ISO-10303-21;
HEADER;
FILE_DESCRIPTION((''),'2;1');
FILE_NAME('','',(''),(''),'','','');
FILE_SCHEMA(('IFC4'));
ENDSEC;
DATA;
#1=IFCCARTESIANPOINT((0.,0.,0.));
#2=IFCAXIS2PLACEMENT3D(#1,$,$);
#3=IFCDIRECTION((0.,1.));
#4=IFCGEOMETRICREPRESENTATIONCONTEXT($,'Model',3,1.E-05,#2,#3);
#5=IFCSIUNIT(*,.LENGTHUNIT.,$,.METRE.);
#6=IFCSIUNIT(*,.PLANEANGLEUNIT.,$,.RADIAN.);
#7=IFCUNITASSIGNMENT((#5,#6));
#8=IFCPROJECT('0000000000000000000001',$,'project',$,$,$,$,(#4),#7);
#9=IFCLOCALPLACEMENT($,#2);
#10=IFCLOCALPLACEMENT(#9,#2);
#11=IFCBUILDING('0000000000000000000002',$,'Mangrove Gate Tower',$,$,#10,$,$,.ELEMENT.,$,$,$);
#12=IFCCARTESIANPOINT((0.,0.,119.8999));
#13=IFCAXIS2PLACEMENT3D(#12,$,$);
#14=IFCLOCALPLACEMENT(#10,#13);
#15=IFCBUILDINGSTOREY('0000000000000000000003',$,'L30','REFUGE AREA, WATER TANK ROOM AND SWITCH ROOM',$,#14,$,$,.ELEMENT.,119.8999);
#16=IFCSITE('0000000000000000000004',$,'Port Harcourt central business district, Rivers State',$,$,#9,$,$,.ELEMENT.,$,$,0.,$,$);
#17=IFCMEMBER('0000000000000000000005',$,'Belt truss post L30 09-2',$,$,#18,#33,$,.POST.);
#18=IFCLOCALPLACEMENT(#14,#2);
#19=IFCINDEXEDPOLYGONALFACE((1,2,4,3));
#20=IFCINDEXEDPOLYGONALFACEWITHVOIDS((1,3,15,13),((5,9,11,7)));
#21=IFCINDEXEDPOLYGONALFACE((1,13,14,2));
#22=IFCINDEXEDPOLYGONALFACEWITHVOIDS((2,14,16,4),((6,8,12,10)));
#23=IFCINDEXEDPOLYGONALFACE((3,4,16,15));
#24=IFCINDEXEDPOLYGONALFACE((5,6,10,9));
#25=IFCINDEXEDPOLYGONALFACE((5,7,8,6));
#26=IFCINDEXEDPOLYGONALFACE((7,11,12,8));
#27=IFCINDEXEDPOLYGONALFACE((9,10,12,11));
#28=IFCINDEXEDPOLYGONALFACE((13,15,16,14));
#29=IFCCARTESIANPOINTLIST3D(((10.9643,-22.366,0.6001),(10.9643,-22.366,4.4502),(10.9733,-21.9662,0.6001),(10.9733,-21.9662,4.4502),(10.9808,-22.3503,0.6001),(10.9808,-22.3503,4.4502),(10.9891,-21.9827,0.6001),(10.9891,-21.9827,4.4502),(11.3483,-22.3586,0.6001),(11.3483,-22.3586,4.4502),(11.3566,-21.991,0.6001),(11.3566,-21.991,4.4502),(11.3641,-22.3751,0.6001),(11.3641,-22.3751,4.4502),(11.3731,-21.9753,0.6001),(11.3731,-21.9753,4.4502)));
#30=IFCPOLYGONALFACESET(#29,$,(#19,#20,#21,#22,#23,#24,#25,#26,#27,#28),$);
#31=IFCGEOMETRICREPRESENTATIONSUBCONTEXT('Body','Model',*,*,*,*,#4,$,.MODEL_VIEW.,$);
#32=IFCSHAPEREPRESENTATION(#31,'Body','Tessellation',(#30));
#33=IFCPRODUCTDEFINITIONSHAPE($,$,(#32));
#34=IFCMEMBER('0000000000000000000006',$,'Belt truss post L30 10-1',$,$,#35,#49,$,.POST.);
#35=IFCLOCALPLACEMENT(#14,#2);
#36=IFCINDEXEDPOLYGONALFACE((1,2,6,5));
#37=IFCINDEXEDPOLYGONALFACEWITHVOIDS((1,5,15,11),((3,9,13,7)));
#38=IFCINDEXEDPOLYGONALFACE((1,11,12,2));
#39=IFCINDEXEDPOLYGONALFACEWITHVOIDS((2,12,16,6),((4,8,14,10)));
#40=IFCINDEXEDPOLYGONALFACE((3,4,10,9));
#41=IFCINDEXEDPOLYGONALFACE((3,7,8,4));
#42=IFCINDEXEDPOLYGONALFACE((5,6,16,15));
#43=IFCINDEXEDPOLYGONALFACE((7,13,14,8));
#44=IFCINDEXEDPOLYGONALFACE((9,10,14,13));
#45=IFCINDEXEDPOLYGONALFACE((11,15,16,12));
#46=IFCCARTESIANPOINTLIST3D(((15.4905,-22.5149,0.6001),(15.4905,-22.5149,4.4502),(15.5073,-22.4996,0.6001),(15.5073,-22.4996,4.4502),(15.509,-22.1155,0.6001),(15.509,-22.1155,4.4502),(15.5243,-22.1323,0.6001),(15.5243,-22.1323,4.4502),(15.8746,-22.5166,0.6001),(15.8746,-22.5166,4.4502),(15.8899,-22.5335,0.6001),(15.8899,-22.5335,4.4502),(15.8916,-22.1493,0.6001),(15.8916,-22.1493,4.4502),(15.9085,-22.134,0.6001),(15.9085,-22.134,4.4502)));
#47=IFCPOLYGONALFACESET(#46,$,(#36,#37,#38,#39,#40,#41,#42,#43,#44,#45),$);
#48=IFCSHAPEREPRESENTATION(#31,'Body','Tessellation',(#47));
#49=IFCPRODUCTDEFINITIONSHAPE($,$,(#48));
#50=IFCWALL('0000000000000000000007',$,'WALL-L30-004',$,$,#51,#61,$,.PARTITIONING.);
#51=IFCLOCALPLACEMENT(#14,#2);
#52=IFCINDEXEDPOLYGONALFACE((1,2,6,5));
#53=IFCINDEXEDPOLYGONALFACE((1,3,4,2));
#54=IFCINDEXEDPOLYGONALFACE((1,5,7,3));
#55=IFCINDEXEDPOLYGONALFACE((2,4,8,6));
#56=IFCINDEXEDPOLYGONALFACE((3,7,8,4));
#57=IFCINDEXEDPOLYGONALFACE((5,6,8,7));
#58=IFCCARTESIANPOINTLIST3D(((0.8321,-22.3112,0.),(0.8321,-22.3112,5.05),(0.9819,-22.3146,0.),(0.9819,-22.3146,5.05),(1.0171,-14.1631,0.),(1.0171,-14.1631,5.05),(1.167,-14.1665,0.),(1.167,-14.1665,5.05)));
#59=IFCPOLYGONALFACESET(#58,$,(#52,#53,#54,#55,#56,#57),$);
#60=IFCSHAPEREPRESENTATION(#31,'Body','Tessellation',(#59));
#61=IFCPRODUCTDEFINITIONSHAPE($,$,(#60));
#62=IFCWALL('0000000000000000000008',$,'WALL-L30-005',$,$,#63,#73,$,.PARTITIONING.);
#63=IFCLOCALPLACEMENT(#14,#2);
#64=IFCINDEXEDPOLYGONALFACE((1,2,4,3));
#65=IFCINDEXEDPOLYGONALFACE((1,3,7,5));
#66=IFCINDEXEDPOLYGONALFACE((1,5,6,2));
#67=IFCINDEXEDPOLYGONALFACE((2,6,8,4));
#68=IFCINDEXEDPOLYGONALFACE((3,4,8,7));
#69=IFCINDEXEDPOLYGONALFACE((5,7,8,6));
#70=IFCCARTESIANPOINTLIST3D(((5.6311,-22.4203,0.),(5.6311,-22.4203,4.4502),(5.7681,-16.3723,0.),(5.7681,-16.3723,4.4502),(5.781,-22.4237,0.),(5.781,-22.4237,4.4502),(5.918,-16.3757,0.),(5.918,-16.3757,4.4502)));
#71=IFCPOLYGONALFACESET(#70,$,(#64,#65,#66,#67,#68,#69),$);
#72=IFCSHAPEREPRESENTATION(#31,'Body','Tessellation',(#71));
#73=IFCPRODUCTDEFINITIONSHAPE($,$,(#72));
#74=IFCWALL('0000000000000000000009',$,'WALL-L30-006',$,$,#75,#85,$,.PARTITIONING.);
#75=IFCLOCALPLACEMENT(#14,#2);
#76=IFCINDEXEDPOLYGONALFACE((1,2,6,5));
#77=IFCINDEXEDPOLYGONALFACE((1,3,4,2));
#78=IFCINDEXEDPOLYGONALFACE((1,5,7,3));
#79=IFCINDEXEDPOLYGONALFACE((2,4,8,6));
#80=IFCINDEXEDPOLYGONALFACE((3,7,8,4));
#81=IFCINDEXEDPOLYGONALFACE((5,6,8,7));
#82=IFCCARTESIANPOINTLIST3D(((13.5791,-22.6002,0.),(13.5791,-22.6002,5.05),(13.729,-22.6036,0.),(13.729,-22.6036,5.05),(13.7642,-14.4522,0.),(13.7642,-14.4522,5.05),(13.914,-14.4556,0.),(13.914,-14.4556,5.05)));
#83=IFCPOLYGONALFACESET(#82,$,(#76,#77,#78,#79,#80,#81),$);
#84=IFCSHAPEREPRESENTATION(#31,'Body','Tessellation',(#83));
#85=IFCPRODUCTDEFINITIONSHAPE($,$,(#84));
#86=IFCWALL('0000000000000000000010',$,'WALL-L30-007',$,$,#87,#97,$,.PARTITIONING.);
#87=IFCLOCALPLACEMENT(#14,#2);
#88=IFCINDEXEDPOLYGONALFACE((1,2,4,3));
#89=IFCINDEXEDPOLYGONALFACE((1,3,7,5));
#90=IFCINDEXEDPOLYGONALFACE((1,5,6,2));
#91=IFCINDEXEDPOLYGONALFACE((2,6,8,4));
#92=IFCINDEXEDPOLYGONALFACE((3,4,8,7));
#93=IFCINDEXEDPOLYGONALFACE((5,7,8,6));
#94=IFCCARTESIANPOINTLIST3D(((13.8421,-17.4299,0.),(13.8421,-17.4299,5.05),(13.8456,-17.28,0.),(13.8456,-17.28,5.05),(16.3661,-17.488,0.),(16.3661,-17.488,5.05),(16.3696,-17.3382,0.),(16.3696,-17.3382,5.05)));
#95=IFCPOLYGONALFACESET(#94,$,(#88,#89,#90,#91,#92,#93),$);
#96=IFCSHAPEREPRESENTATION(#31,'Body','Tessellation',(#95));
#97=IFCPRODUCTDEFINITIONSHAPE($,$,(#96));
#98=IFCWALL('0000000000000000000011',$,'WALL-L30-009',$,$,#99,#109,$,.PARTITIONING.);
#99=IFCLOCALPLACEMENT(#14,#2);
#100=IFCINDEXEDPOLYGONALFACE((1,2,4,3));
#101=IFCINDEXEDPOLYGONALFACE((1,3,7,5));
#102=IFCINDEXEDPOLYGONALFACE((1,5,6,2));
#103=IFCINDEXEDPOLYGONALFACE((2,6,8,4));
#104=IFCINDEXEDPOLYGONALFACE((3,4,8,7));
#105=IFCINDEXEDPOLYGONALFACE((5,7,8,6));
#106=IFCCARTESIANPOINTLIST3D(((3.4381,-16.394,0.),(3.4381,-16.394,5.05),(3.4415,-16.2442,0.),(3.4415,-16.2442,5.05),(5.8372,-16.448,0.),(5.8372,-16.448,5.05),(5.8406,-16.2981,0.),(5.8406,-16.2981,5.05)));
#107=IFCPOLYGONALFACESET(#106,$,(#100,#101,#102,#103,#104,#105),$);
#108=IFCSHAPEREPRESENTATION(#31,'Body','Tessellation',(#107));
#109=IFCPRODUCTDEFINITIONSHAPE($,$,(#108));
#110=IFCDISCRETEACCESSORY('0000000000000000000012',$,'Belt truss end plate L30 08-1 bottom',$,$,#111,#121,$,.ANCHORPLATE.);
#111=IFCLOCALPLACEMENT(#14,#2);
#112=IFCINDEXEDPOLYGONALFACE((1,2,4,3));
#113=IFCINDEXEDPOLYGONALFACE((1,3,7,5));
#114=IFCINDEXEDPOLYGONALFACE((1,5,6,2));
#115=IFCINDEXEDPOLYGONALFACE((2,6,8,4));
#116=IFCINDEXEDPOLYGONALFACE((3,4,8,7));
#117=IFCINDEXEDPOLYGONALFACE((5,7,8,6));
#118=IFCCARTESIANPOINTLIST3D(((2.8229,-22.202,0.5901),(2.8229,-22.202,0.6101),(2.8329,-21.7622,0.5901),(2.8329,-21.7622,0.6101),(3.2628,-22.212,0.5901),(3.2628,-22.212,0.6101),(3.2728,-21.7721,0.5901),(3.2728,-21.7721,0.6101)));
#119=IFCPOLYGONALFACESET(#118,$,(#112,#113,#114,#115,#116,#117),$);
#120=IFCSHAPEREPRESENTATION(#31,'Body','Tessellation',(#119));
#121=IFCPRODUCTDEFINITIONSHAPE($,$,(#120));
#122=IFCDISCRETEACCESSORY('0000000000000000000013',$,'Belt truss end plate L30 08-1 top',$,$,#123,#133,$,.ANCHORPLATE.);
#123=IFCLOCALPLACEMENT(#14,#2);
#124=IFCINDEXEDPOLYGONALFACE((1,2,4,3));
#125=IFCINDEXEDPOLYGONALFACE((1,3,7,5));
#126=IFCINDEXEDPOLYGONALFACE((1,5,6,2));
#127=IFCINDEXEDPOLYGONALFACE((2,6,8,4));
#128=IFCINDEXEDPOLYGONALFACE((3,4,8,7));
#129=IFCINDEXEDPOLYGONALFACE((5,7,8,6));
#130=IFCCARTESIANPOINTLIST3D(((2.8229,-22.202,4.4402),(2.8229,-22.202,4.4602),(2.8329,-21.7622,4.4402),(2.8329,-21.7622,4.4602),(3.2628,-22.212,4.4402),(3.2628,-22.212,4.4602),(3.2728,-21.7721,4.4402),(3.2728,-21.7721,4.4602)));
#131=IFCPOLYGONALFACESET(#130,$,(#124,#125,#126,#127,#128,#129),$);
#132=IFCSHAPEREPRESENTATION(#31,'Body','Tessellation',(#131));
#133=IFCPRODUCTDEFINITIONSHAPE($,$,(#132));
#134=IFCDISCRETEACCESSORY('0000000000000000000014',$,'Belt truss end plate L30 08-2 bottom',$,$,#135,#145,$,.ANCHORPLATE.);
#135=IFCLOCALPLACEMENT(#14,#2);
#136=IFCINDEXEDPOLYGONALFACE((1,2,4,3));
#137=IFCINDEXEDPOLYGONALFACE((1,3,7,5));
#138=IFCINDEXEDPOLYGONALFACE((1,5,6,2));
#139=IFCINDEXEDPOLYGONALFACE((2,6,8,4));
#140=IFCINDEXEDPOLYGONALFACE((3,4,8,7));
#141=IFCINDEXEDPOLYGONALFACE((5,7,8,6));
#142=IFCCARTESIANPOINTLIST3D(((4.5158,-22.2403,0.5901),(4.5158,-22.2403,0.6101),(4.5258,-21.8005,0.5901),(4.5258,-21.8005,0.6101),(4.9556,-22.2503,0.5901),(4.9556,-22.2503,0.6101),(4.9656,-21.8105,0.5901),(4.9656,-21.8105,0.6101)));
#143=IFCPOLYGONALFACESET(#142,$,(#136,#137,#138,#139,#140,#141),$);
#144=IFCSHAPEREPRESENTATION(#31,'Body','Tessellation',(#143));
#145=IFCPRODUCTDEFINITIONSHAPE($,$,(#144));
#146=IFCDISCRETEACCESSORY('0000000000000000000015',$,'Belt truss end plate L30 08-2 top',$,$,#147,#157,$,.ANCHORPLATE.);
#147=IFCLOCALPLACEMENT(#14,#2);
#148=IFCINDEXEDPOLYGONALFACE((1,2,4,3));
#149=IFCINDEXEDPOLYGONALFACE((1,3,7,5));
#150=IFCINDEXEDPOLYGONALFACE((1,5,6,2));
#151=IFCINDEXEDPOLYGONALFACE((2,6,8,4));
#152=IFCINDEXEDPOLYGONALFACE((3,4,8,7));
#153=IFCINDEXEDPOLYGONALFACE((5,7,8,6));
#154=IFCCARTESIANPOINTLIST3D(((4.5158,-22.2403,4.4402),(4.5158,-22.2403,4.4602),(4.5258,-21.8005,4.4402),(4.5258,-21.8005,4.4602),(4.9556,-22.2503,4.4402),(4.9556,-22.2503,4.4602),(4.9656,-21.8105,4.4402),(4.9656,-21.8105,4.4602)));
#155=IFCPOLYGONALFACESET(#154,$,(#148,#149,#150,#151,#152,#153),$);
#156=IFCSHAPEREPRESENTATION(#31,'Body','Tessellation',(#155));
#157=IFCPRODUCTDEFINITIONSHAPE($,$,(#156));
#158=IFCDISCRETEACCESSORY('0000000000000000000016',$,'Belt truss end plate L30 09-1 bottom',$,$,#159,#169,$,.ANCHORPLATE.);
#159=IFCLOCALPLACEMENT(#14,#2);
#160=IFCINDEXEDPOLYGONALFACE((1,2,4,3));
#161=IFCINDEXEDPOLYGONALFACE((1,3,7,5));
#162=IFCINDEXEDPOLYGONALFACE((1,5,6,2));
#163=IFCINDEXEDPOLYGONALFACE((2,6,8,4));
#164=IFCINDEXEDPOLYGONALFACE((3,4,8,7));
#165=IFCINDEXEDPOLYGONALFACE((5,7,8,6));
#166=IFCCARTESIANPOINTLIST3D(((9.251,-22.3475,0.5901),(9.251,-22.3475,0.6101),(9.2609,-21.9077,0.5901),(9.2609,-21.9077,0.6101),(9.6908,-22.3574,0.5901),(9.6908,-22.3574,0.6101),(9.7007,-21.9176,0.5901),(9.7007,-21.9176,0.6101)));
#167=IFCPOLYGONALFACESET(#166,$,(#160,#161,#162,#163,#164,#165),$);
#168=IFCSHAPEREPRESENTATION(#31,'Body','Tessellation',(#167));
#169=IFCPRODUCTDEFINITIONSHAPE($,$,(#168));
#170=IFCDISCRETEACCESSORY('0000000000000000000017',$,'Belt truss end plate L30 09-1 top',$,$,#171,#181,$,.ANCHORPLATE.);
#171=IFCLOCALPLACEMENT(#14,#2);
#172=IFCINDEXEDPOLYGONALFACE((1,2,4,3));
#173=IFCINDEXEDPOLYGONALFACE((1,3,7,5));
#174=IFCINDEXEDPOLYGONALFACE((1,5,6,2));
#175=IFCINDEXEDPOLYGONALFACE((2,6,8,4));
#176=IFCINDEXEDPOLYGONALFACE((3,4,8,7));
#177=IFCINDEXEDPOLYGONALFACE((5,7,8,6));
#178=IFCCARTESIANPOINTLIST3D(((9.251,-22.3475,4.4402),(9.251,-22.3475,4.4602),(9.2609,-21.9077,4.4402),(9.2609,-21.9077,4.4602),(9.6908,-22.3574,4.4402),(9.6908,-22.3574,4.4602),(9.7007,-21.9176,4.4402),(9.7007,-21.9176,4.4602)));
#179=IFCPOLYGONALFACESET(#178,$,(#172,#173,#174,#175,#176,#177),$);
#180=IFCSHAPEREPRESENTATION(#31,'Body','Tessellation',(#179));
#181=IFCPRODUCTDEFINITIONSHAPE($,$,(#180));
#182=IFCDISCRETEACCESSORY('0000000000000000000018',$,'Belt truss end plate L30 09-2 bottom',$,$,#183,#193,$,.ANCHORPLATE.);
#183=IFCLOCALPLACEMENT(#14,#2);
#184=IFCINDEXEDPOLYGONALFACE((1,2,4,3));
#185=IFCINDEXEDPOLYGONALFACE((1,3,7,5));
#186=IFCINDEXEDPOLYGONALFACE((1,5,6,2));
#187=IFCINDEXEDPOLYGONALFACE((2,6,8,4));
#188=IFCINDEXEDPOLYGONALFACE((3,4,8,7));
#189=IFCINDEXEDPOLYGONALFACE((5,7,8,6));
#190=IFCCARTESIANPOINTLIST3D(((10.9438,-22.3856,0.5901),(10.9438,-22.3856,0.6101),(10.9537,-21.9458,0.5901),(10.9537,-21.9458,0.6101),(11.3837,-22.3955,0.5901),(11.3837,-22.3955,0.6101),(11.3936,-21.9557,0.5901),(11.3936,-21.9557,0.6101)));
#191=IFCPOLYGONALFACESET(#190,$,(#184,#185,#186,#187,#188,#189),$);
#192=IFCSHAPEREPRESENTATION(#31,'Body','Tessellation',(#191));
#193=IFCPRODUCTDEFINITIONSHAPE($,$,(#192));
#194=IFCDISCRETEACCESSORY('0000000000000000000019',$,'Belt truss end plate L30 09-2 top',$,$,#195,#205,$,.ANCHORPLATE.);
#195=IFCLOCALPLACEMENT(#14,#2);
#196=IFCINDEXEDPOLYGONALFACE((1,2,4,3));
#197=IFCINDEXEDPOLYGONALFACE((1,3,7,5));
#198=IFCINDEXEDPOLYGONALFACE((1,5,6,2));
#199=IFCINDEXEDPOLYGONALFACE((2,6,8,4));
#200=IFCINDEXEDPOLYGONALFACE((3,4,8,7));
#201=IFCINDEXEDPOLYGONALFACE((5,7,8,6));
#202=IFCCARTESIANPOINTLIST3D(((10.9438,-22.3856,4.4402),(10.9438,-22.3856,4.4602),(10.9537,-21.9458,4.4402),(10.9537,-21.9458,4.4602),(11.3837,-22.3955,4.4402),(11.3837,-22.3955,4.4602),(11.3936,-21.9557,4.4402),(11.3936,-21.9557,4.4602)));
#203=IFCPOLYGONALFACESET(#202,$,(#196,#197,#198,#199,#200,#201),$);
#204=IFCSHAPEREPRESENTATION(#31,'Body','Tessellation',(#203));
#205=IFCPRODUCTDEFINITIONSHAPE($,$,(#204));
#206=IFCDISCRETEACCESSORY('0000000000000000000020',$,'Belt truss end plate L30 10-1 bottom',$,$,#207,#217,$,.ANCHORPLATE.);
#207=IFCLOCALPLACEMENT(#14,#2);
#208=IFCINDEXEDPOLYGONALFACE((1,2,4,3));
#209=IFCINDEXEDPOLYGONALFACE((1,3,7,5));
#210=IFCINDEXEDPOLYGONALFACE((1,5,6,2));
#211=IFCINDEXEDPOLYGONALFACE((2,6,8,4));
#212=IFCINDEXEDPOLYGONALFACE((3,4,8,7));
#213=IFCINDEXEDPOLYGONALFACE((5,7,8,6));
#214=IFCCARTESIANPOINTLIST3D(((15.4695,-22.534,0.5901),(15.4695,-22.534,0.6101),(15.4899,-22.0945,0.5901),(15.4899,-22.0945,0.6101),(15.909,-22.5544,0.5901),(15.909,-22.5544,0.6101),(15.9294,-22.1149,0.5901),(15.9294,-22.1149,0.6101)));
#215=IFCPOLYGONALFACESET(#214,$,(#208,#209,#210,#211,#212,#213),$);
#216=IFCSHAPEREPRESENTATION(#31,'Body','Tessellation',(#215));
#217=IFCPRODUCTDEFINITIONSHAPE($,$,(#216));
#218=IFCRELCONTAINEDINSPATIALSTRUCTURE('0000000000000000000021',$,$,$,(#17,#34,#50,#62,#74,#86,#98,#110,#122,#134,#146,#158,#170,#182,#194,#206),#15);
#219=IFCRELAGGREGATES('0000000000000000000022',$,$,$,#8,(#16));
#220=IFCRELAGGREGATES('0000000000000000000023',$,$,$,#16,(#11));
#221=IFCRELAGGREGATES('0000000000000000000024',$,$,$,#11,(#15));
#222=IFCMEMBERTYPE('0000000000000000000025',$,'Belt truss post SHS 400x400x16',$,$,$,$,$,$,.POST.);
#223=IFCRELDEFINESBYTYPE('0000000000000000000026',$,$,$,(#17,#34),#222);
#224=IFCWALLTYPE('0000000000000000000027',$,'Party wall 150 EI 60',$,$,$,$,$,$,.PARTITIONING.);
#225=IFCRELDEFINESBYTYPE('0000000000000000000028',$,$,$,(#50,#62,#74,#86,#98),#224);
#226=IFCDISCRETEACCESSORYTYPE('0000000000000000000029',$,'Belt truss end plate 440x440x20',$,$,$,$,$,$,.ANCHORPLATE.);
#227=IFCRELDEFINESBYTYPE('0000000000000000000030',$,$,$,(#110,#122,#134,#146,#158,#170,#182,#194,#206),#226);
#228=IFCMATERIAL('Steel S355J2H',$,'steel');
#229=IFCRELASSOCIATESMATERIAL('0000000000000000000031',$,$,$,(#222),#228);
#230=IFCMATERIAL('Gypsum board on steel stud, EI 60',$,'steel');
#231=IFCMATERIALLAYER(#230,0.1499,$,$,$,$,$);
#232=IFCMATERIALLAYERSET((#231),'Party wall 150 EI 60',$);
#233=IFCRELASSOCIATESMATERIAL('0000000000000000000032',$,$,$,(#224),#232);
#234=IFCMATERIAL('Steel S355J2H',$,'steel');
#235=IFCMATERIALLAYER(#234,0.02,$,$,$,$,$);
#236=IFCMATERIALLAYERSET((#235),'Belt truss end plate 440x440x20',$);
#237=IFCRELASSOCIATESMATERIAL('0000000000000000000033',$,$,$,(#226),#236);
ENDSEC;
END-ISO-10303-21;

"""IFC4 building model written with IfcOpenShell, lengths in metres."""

from ifc_helpers import new_model, si_unit, direction, frame, frame_2d, origin, origin_2d, place, context, subcontext, project, spatial, rectangle, hollow_rectangle, extrude, material, layer, layer_set, material_profile, profile_set, type_object, element, save


model = new_model("IFC4")

# Units and contexts
model_context = context("Model", 3, precision=1e-05, world=origin(), true_north=direction((0.0, 1.0)))
body_context = subcontext(model_context, "Body", "Model", "MODEL_VIEW")
ifc_project = project(units=[si_unit("LENGTHUNIT", "METRE"), si_unit("PLANEANGLEUNIT", "RADIAN")], contexts=[model_context])

# Site, building, storey
site_placement = place(None, origin())
site = spatial("IfcSite", under=ifc_project, at=site_placement, Name="Port Harcourt central business district, Rivers State", CompositionType="ELEMENT", RefElevation=0.0)
building_placement = place(site_placement, origin())
building = spatial("IfcBuilding", under=site, at=building_placement, Name="Mangrove Gate Tower", CompositionType="ELEMENT")
storey_placement = place(building_placement, frame((0.0, 0.0, 119.8999)))
storey = spatial("IfcBuildingStorey", under=building, at=storey_placement, Name="L30", Description="REFUGE AREA, WATER TANK ROOM AND SWITCH ROOM", CompositionType="ELEMENT", Elevation=119.8999)

# Members
ifc_material_1 = material(Name="Steel S355J2H", Category="steel")
ifc_material_profile_1 = material_profile(ifc_material_1, hollow_rectangle(XDim=0.3999, YDim=0.3999, WallThickness=0.0161, at=origin_2d()))
ifc_profile_set_1 = profile_set([ifc_material_profile_1], Name="Steel S355J2H")
member_type_1 = type_object("IfcMemberType", Name="Belt truss post SHS 400x400x16", PredefinedType="POST", material=ifc_profile_set_1)
for number, where, z_axis, x_axis, name in (
    (1, (11.1687, -22.1707, 0.6001), (0.0, 0.0, 1.0), (0.999746, -0.022552, 0.0), "Belt truss post L30 09-2"),
    (2, (15.6995, -22.3245, 0.6001), (0.0, 0.0, 1.0), (0.998927, -0.046313, 0.0), "Belt truss post L30 10-1"),
):
    element("IfcMember", number, at=place(storey_placement, frame(where, z_axis=z_axis, x_axis=x_axis)), inside=storey, type_object=member_type_1, Name=name, PredefinedType="POST", context=body_context, shape_type="SweptSolid", body=[
        extrude(hollow_rectangle(XDim=0.3999, YDim=0.3999, WallThickness=0.0161, at=origin_2d()), origin(), (0.0, 0.0, 1.0), 3.8501),
    ])

# Walls
ifc_material_2 = material(Name="Gypsum board on steel stud, EI 60", Category="steel")
ifc_layer_1 = layer(ifc_material_2, 0.1499)
ifc_layer_set_1 = layer_set([ifc_layer_1], Name="Party wall 150 EI 60")
wall_type = type_object("IfcWallType", Name="Party wall 150 EI 60", PredefinedType="PARTITIONING", material=ifc_layer_set_1)
wall_1_placement = place(storey_placement, frame((0.907, -22.313, 0.0), z_axis=(0.0, 0.0, 1.0), x_axis=(0.022706, 0.999742, 0.0)))
element("IfcWall", 3, at=wall_1_placement, inside=storey, type_object=wall_type, Name="WALL-L30-004", PredefinedType="PARTITIONING", context=body_context, shape_type="SweptSolid", body=[
    extrude(rectangle(XDim=8.1501, YDim=0.1499, at=frame_2d((4.0752, 0.0))), origin(), (0.0, 0.0, 1.0), 5.05),
])
wall_2_placement = place(storey_placement, frame((5.7061, -22.4221, 0.0), z_axis=(0.0, 0.0, 1.0), x_axis=(0.02264, 0.999744, 0.0)))
element("IfcWall", 4, at=wall_2_placement, inside=storey, type_object=wall_type, Name="WALL-L30-005", PredefinedType="PARTITIONING", context=body_context, shape_type="SweptSolid", body=[
    extrude(rectangle(XDim=6.0496, YDim=0.1499, at=frame_2d((3.0249, 0.0))), origin(), (0.0, 0.0, 1.0), 4.4502),
])
wall_3_placement = place(storey_placement, frame((13.6541, -22.6021, 0.0), z_axis=(0.0, 0.0, 1.0), x_axis=(0.022706, 0.999742, 0.0)))
element("IfcWall", 5, at=wall_3_placement, inside=storey, type_object=wall_type, Name="WALL-L30-006", PredefinedType="PARTITIONING", context=body_context, shape_type="SweptSolid", body=[
    extrude(rectangle(XDim=8.1501, YDim=0.1499, at=frame_2d((4.0752, 0.0))), origin(), (0.0, 0.0, 1.0), 5.05),
])
wall_4_placement = place(storey_placement, frame((13.844, -17.355, 0.0), z_axis=(0.0, 0.0, 1.0), x_axis=(0.999735, -0.023016, 0.0)))
element("IfcWall", 6, at=wall_4_placement, inside=storey, type_object=wall_type, Name="WALL-L30-007", PredefinedType="PARTITIONING", context=body_context, shape_type="SweptSolid", body=[
    extrude(rectangle(XDim=2.5247, YDim=0.1499, at=frame_2d((1.2622, 0.0))), origin(), (0.0, 0.0, 1.0), 5.05),
])
wall_5_placement = place(storey_placement, frame((3.4399, -16.3191, 0.0), z_axis=(0.0, 0.0, 1.0), x_axis=(0.999747, -0.022483, 0.0)))
element("IfcWall", 7, at=wall_5_placement, inside=storey, type_object=wall_type, Name="WALL-L30-009", PredefinedType="PARTITIONING", context=body_context, shape_type="SweptSolid", body=[
    extrude(rectangle(XDim=2.3997, YDim=0.1499, at=frame_2d((1.1997, 0.0))), origin(), (0.0, 0.0, 1.0), 5.05),
])

# Discrete accessories
ifc_material_3 = material(Name="Steel S355J2H", Category="steel")
ifc_layer_2 = layer(ifc_material_3, 0.02)
ifc_layer_set_2 = layer_set([ifc_layer_2], Name="Belt truss end plate 440x440x20")
discrete_accessory_type = type_object("IfcDiscreteAccessoryType", Name="Belt truss end plate 440x440x20", PredefinedType="ANCHORPLATE", material=ifc_layer_set_2)
for number, where, z_axis, x_axis, name in (
    (8, (3.0479, -21.9871, 0.5901), (0.0, 0.0, 1.0), (0.999742, -0.022707, 0.0), "Belt truss end plate L30 08-1 bottom"),
    (9, (3.0479, -21.9871, 4.4402), (0.0, 0.0, 1.0), (0.999742, -0.022707, 0.0), "Belt truss end plate L30 08-1 top"),
    (10, (4.7407, -22.0254, 0.5901), (0.0, 0.0, 1.0), (0.999742, -0.022707, 0.0), "Belt truss end plate L30 08-2 bottom"),
    (11, (4.7407, -22.0254, 4.4402), (0.0, 0.0, 1.0), (0.999742, -0.022707, 0.0), "Belt truss end plate L30 08-2 top"),
    (12, (9.4758, -22.1326, 0.5901), (0.0, 0.0, 1.0), (0.999746, -0.022552, 0.0), "Belt truss end plate L30 09-1 bottom"),
    (13, (9.4758, -22.1326, 4.4402), (0.0, 0.0, 1.0), (0.999746, -0.022552, 0.0), "Belt truss end plate L30 09-1 top"),
    (14, (11.1687, -22.1707, 0.5901), (0.0, 0.0, 1.0), (0.999746, -0.022552, 0.0), "Belt truss end plate L30 09-2 bottom"),
    (15, (11.1687, -22.1707, 4.4402), (0.0, 0.0, 1.0), (0.999746, -0.022552, 0.0), "Belt truss end plate L30 09-2 top"),
    (16, (15.6995, -22.3245, 0.5901), (0.0, 0.0, 1.0), (0.998927, -0.046313, 0.0), "Belt truss end plate L30 10-1 bottom"),
):
    element("IfcDiscreteAccessory", number, at=place(storey_placement, frame(where, z_axis=z_axis, x_axis=x_axis)), inside=storey, type_object=discrete_accessory_type, Name=name, PredefinedType="ANCHORPLATE", context=body_context, shape_type="SweptSolid", body=[
        extrude(rectangle(XDim=0.4399, YDim=0.4399, at=origin_2d()), origin(), (0.0, 0.0, 1.0), 0.02),
    ])

save(model, "model.ifc")
